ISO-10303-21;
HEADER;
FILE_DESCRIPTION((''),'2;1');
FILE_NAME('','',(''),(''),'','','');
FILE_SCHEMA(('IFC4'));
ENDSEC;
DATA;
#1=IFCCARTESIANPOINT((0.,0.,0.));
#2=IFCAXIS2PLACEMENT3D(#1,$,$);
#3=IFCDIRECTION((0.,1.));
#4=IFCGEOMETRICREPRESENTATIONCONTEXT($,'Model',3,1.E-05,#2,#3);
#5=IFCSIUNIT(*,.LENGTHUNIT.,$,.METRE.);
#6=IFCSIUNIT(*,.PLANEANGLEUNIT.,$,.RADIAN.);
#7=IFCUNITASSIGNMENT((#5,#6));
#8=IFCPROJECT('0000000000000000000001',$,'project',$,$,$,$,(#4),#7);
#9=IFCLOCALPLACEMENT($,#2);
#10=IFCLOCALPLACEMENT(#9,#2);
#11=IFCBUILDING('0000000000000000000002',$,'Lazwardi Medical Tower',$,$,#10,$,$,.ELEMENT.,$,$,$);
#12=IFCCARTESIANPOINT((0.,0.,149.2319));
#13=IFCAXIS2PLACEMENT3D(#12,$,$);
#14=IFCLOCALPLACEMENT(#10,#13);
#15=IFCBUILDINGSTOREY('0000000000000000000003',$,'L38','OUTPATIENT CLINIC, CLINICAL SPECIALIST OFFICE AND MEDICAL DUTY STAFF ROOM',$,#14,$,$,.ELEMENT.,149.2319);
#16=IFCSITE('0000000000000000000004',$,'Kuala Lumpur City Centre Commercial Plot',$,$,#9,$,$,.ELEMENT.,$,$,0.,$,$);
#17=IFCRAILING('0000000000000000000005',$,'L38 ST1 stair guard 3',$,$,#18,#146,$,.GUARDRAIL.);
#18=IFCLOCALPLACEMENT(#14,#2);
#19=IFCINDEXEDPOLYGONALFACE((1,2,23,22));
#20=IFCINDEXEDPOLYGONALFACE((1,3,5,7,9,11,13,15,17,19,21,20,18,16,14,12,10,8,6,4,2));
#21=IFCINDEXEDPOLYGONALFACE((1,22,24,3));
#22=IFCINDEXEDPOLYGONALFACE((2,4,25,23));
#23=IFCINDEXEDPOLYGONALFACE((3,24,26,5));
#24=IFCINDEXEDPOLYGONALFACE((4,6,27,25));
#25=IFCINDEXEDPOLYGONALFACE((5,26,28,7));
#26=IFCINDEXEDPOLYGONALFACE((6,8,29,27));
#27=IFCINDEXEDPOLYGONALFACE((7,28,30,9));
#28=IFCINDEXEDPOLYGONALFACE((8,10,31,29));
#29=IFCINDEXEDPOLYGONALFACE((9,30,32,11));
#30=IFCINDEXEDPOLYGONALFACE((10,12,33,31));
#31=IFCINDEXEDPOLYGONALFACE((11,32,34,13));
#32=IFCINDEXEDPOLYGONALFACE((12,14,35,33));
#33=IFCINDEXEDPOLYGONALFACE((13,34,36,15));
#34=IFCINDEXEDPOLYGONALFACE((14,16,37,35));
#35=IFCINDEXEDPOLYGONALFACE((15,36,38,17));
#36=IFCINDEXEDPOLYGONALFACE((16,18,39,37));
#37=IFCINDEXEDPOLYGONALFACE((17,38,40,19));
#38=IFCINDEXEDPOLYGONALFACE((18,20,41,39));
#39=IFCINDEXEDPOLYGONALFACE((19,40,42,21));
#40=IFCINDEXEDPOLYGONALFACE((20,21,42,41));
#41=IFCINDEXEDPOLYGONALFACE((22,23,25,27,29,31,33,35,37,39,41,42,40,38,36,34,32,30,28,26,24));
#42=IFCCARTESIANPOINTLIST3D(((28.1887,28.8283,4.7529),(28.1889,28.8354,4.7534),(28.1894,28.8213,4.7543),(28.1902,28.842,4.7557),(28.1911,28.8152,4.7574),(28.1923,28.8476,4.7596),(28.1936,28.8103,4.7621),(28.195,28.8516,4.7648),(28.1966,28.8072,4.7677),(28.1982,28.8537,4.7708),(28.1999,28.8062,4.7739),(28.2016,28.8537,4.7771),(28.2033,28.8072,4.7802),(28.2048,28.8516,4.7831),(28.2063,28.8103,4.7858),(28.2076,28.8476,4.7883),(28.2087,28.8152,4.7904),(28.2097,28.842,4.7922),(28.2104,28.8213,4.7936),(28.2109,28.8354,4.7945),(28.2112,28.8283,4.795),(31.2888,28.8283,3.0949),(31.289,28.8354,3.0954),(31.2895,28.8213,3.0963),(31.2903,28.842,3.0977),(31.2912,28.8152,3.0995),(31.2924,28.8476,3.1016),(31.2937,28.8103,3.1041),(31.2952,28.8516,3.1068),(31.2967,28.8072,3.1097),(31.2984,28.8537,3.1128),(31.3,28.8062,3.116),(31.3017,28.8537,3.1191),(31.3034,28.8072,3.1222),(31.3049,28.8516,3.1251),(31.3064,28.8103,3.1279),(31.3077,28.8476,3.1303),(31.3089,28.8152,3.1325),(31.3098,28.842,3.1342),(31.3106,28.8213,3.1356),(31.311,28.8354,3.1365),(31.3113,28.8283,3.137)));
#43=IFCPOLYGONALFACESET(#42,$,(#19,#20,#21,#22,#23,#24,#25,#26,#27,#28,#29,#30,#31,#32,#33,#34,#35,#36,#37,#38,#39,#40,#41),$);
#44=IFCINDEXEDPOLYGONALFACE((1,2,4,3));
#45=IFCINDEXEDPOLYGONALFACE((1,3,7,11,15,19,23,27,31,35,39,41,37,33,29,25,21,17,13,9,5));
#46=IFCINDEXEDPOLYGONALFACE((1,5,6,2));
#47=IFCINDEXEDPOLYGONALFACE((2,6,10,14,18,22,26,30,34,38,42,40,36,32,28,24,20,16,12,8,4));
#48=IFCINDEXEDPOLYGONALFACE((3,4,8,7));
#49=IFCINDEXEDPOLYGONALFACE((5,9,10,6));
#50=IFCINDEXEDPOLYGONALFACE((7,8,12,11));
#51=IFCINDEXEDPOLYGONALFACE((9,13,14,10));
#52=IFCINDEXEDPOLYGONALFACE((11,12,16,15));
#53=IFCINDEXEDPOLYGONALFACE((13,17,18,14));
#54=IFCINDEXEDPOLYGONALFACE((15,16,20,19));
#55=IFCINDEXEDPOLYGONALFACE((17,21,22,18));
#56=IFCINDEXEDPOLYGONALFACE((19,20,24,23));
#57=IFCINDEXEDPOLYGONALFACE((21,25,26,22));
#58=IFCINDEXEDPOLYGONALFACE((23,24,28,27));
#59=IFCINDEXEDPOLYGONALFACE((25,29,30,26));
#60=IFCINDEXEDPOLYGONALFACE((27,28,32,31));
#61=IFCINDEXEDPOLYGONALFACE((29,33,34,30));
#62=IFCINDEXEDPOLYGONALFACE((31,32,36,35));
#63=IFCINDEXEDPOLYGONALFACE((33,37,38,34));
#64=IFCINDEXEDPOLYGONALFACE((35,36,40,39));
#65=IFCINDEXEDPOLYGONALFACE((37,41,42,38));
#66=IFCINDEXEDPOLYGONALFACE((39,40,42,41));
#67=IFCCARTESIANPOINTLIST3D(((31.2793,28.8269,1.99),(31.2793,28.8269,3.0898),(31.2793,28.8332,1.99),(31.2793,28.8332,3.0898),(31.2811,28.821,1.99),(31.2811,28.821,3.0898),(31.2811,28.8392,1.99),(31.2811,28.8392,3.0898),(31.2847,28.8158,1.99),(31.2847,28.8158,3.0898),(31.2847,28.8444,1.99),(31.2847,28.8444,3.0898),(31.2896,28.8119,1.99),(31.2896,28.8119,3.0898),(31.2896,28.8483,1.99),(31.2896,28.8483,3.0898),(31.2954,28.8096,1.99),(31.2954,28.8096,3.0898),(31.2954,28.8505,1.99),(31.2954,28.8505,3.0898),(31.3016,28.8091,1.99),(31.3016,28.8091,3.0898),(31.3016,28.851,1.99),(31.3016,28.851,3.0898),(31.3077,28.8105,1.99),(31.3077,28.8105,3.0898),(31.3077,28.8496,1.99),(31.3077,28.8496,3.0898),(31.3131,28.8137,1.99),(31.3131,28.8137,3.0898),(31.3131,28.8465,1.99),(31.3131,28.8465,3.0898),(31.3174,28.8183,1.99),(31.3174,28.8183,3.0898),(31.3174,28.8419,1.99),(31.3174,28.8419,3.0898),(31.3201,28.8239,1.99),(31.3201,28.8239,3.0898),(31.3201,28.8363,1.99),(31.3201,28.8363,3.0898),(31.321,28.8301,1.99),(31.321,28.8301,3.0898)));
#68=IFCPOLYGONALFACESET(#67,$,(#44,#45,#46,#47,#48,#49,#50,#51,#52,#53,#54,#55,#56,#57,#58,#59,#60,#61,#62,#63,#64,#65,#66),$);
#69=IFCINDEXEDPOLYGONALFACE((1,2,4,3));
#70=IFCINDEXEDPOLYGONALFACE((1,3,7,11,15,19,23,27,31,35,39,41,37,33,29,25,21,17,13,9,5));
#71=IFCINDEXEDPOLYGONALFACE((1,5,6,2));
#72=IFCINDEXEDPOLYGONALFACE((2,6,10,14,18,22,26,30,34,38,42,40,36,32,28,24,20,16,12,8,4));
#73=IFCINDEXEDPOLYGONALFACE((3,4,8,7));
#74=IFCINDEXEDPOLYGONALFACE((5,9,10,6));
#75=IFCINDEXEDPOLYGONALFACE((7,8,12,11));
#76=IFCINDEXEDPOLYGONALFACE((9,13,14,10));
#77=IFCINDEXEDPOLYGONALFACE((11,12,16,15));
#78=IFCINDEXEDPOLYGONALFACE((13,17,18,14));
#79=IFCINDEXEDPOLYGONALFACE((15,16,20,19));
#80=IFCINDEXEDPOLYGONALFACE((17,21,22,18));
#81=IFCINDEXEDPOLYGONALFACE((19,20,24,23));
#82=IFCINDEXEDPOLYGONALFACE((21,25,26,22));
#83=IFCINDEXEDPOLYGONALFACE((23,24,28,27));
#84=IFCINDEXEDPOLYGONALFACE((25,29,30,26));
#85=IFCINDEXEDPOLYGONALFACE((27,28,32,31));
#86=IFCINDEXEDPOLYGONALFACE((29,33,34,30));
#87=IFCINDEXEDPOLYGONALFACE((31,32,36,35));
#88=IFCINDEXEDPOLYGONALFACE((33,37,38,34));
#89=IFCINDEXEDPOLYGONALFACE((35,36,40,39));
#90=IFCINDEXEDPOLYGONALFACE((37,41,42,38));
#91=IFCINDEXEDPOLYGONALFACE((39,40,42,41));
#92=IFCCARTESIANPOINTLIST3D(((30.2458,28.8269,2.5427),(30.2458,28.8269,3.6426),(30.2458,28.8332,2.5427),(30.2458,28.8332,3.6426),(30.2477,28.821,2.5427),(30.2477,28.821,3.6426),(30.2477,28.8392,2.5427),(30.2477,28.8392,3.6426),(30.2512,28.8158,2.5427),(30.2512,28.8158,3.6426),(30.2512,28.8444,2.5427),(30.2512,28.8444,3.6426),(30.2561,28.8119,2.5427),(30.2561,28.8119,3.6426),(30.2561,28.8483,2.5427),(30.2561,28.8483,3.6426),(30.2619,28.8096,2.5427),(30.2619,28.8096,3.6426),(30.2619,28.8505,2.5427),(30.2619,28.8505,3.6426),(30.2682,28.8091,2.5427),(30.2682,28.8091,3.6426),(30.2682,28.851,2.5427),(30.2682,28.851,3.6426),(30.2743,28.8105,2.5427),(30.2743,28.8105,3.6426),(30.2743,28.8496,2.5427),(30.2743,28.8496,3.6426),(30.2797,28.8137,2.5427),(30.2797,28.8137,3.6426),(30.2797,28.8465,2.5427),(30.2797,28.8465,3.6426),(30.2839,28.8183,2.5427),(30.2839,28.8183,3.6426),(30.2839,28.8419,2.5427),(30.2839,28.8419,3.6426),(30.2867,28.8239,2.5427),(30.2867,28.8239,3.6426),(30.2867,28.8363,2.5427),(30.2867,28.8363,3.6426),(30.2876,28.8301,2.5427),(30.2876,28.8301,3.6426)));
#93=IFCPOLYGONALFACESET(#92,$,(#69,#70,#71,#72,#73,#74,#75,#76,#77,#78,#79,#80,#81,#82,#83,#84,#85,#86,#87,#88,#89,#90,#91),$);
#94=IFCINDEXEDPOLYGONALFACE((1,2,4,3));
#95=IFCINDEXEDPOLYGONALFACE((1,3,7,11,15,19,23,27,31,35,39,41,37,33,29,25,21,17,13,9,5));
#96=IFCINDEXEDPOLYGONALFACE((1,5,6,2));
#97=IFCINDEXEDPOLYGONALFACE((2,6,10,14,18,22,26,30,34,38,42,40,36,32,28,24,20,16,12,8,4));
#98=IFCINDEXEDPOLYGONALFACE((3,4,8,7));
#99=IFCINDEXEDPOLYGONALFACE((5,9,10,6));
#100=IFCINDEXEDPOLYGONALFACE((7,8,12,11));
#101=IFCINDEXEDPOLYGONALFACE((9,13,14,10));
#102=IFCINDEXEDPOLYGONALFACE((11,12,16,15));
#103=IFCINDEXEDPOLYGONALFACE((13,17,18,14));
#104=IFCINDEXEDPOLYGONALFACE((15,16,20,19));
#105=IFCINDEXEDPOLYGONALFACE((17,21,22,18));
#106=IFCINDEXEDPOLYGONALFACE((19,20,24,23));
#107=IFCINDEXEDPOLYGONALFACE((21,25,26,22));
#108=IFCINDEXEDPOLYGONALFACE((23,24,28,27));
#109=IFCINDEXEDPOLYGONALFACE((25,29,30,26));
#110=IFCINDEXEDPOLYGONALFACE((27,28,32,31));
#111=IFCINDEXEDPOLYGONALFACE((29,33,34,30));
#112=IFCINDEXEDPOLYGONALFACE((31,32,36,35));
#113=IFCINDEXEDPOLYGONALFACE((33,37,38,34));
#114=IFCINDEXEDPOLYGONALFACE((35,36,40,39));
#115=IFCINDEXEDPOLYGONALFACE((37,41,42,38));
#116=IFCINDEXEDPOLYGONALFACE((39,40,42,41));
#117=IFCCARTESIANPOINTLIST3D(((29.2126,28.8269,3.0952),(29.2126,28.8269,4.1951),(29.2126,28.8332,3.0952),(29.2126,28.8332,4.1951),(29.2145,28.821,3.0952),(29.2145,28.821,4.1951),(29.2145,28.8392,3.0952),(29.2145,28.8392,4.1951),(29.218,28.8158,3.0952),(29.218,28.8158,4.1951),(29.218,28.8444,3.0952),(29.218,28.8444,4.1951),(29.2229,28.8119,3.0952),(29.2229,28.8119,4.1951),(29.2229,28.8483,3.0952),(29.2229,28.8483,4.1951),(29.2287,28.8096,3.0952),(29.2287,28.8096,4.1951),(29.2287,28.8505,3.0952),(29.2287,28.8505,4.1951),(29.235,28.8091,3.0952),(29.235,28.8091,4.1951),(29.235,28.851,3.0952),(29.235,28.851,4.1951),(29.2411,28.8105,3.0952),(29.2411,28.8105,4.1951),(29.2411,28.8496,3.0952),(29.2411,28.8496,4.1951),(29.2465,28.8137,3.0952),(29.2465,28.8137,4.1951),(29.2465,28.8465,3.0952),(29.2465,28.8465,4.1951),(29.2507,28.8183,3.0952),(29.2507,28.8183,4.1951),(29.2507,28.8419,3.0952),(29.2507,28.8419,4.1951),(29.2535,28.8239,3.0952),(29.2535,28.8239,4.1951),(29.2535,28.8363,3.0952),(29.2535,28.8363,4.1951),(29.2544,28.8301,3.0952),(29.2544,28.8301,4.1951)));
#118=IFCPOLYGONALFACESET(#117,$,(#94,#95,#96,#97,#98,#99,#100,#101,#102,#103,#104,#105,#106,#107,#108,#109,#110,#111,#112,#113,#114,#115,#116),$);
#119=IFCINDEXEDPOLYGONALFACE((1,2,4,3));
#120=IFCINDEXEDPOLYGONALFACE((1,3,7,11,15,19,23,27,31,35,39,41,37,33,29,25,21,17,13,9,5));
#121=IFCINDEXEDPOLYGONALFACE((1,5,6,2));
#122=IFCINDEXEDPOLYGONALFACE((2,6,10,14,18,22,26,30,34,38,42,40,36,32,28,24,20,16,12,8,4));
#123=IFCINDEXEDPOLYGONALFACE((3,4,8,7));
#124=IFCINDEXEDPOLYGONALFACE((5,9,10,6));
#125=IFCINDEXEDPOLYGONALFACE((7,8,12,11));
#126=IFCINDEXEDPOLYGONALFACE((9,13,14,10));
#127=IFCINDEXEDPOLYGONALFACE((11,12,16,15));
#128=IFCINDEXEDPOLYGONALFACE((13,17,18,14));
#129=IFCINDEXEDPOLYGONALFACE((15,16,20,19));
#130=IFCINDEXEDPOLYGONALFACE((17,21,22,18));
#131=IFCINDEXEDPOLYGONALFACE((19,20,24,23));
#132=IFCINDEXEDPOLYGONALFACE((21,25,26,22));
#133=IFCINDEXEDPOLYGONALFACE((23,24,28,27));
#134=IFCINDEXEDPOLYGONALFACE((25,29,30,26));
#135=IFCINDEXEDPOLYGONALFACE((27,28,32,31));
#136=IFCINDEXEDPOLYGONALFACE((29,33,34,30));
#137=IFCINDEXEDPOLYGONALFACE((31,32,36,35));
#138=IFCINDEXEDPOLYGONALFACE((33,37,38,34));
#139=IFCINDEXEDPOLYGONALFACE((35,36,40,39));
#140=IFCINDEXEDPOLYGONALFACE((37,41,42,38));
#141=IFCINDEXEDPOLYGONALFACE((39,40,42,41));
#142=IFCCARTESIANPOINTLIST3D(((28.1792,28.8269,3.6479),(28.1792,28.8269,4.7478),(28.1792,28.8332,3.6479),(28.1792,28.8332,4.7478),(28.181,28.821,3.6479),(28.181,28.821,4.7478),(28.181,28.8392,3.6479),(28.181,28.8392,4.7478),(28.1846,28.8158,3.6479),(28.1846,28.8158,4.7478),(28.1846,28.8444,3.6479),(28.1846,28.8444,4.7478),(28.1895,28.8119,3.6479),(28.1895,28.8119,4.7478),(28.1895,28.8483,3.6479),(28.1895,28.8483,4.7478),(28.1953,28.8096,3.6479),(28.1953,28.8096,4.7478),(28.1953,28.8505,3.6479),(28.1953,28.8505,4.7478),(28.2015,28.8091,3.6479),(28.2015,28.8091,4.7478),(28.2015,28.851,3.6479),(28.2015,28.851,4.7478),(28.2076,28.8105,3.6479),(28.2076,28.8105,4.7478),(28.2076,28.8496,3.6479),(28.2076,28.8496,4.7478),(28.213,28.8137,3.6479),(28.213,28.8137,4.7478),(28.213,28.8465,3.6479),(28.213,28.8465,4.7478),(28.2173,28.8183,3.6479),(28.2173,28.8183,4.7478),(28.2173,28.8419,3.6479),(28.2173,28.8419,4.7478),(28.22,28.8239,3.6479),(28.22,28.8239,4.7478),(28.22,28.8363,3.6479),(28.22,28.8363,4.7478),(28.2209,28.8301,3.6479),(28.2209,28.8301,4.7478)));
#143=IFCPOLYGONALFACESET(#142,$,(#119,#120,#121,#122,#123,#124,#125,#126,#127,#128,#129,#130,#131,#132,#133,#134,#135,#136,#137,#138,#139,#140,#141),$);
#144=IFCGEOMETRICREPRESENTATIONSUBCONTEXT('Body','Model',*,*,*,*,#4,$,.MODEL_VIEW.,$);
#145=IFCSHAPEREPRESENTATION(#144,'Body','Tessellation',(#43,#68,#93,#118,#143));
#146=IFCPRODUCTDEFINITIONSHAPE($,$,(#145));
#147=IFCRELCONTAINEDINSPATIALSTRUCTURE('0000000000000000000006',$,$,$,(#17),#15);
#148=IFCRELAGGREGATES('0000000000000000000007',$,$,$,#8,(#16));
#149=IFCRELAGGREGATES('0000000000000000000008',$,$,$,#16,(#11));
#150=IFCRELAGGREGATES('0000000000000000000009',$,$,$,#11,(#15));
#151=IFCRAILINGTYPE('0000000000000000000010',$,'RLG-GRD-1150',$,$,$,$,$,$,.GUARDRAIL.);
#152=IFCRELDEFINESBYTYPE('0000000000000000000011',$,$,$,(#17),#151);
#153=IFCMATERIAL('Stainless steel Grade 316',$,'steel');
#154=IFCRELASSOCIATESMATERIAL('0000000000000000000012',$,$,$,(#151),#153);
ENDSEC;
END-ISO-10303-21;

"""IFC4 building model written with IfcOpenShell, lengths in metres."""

from ifc_helpers import new_model, si_unit, direction, frame, origin, origin_2d, place, context, subcontext, project, spatial, circle, extrude, material, type_object, element, save


model = new_model("IFC4")

# Units and contexts
model_context = context("Model", 3, precision=1e-05, world=origin(), true_north=direction((0.0, 1.0)))
body_context = subcontext(model_context, "Body", "Model", "MODEL_VIEW")
ifc_project = project(units=[si_unit("LENGTHUNIT", "METRE"), si_unit("PLANEANGLEUNIT", "RADIAN")], contexts=[model_context])

# Site, building, storey
site_placement = place(None, origin())
site = spatial("IfcSite", under=ifc_project, at=site_placement, Name="Kuala Lumpur City Centre Commercial Plot", CompositionType="ELEMENT", RefElevation=0.0)
building_placement = place(site_placement, origin())
building = spatial("IfcBuilding", under=site, at=building_placement, Name="Lazwardi Medical Tower", CompositionType="ELEMENT")
storey_placement = place(building_placement, frame((0.0, 0.0, 149.2319)))
storey = spatial("IfcBuildingStorey", under=building, at=storey_placement, Name="L38", Description="OUTPATIENT CLINIC, CLINICAL SPECIALIST OFFICE AND MEDICAL DUTY STAFF ROOM", CompositionType="ELEMENT", Elevation=149.2319)

# Railing
ifc_material_1 = material(Name="Stainless steel Grade 316", Category="steel")
railing_type_1 = type_object("IfcRailingType", Name="RLG-GRD-1150", PredefinedType="GUARDRAIL", material=ifc_material_1)
railing_1_placement = place(storey_placement, frame((31.3, 28.8301, 1.99)))
element("IfcRailing", 1, at=railing_1_placement, inside=storey, type_object=railing_type_1, Name="L38 ST1 stair guard 3", PredefinedType="GUARDRAIL", context=body_context, shape_type="SweptSolid", body=[
    extrude(circle(Radius=0.0239, at=origin_2d()), frame((0.0, 0.0, 1.126), z_axis=(-0.881812, 0.0, 0.471601), x_axis=(0.0, -1.0, 0.0)), (0.0, 0.0, 1.0), 3.5156),
    extrude(circle(Radius=0.021, at=origin_2d()), origin(), (0.0, 0.0, 1.0), 1.0999),
    extrude(circle(Radius=0.021, at=origin_2d()), frame((-1.0334, 0.0, 0.5527)), (0.0, 0.0, 1.0), 1.0999),
    extrude(circle(Radius=0.021, at=origin_2d()), frame((-2.0667, 0.0, 1.1052)), (0.0, 0.0, 1.0), 1.0999),
    extrude(circle(Radius=0.021, at=origin_2d()), frame((-3.1001, 0.0, 1.658)), (0.0, 0.0, 1.0), 1.0999),
])

save(model, "model.ifc")
